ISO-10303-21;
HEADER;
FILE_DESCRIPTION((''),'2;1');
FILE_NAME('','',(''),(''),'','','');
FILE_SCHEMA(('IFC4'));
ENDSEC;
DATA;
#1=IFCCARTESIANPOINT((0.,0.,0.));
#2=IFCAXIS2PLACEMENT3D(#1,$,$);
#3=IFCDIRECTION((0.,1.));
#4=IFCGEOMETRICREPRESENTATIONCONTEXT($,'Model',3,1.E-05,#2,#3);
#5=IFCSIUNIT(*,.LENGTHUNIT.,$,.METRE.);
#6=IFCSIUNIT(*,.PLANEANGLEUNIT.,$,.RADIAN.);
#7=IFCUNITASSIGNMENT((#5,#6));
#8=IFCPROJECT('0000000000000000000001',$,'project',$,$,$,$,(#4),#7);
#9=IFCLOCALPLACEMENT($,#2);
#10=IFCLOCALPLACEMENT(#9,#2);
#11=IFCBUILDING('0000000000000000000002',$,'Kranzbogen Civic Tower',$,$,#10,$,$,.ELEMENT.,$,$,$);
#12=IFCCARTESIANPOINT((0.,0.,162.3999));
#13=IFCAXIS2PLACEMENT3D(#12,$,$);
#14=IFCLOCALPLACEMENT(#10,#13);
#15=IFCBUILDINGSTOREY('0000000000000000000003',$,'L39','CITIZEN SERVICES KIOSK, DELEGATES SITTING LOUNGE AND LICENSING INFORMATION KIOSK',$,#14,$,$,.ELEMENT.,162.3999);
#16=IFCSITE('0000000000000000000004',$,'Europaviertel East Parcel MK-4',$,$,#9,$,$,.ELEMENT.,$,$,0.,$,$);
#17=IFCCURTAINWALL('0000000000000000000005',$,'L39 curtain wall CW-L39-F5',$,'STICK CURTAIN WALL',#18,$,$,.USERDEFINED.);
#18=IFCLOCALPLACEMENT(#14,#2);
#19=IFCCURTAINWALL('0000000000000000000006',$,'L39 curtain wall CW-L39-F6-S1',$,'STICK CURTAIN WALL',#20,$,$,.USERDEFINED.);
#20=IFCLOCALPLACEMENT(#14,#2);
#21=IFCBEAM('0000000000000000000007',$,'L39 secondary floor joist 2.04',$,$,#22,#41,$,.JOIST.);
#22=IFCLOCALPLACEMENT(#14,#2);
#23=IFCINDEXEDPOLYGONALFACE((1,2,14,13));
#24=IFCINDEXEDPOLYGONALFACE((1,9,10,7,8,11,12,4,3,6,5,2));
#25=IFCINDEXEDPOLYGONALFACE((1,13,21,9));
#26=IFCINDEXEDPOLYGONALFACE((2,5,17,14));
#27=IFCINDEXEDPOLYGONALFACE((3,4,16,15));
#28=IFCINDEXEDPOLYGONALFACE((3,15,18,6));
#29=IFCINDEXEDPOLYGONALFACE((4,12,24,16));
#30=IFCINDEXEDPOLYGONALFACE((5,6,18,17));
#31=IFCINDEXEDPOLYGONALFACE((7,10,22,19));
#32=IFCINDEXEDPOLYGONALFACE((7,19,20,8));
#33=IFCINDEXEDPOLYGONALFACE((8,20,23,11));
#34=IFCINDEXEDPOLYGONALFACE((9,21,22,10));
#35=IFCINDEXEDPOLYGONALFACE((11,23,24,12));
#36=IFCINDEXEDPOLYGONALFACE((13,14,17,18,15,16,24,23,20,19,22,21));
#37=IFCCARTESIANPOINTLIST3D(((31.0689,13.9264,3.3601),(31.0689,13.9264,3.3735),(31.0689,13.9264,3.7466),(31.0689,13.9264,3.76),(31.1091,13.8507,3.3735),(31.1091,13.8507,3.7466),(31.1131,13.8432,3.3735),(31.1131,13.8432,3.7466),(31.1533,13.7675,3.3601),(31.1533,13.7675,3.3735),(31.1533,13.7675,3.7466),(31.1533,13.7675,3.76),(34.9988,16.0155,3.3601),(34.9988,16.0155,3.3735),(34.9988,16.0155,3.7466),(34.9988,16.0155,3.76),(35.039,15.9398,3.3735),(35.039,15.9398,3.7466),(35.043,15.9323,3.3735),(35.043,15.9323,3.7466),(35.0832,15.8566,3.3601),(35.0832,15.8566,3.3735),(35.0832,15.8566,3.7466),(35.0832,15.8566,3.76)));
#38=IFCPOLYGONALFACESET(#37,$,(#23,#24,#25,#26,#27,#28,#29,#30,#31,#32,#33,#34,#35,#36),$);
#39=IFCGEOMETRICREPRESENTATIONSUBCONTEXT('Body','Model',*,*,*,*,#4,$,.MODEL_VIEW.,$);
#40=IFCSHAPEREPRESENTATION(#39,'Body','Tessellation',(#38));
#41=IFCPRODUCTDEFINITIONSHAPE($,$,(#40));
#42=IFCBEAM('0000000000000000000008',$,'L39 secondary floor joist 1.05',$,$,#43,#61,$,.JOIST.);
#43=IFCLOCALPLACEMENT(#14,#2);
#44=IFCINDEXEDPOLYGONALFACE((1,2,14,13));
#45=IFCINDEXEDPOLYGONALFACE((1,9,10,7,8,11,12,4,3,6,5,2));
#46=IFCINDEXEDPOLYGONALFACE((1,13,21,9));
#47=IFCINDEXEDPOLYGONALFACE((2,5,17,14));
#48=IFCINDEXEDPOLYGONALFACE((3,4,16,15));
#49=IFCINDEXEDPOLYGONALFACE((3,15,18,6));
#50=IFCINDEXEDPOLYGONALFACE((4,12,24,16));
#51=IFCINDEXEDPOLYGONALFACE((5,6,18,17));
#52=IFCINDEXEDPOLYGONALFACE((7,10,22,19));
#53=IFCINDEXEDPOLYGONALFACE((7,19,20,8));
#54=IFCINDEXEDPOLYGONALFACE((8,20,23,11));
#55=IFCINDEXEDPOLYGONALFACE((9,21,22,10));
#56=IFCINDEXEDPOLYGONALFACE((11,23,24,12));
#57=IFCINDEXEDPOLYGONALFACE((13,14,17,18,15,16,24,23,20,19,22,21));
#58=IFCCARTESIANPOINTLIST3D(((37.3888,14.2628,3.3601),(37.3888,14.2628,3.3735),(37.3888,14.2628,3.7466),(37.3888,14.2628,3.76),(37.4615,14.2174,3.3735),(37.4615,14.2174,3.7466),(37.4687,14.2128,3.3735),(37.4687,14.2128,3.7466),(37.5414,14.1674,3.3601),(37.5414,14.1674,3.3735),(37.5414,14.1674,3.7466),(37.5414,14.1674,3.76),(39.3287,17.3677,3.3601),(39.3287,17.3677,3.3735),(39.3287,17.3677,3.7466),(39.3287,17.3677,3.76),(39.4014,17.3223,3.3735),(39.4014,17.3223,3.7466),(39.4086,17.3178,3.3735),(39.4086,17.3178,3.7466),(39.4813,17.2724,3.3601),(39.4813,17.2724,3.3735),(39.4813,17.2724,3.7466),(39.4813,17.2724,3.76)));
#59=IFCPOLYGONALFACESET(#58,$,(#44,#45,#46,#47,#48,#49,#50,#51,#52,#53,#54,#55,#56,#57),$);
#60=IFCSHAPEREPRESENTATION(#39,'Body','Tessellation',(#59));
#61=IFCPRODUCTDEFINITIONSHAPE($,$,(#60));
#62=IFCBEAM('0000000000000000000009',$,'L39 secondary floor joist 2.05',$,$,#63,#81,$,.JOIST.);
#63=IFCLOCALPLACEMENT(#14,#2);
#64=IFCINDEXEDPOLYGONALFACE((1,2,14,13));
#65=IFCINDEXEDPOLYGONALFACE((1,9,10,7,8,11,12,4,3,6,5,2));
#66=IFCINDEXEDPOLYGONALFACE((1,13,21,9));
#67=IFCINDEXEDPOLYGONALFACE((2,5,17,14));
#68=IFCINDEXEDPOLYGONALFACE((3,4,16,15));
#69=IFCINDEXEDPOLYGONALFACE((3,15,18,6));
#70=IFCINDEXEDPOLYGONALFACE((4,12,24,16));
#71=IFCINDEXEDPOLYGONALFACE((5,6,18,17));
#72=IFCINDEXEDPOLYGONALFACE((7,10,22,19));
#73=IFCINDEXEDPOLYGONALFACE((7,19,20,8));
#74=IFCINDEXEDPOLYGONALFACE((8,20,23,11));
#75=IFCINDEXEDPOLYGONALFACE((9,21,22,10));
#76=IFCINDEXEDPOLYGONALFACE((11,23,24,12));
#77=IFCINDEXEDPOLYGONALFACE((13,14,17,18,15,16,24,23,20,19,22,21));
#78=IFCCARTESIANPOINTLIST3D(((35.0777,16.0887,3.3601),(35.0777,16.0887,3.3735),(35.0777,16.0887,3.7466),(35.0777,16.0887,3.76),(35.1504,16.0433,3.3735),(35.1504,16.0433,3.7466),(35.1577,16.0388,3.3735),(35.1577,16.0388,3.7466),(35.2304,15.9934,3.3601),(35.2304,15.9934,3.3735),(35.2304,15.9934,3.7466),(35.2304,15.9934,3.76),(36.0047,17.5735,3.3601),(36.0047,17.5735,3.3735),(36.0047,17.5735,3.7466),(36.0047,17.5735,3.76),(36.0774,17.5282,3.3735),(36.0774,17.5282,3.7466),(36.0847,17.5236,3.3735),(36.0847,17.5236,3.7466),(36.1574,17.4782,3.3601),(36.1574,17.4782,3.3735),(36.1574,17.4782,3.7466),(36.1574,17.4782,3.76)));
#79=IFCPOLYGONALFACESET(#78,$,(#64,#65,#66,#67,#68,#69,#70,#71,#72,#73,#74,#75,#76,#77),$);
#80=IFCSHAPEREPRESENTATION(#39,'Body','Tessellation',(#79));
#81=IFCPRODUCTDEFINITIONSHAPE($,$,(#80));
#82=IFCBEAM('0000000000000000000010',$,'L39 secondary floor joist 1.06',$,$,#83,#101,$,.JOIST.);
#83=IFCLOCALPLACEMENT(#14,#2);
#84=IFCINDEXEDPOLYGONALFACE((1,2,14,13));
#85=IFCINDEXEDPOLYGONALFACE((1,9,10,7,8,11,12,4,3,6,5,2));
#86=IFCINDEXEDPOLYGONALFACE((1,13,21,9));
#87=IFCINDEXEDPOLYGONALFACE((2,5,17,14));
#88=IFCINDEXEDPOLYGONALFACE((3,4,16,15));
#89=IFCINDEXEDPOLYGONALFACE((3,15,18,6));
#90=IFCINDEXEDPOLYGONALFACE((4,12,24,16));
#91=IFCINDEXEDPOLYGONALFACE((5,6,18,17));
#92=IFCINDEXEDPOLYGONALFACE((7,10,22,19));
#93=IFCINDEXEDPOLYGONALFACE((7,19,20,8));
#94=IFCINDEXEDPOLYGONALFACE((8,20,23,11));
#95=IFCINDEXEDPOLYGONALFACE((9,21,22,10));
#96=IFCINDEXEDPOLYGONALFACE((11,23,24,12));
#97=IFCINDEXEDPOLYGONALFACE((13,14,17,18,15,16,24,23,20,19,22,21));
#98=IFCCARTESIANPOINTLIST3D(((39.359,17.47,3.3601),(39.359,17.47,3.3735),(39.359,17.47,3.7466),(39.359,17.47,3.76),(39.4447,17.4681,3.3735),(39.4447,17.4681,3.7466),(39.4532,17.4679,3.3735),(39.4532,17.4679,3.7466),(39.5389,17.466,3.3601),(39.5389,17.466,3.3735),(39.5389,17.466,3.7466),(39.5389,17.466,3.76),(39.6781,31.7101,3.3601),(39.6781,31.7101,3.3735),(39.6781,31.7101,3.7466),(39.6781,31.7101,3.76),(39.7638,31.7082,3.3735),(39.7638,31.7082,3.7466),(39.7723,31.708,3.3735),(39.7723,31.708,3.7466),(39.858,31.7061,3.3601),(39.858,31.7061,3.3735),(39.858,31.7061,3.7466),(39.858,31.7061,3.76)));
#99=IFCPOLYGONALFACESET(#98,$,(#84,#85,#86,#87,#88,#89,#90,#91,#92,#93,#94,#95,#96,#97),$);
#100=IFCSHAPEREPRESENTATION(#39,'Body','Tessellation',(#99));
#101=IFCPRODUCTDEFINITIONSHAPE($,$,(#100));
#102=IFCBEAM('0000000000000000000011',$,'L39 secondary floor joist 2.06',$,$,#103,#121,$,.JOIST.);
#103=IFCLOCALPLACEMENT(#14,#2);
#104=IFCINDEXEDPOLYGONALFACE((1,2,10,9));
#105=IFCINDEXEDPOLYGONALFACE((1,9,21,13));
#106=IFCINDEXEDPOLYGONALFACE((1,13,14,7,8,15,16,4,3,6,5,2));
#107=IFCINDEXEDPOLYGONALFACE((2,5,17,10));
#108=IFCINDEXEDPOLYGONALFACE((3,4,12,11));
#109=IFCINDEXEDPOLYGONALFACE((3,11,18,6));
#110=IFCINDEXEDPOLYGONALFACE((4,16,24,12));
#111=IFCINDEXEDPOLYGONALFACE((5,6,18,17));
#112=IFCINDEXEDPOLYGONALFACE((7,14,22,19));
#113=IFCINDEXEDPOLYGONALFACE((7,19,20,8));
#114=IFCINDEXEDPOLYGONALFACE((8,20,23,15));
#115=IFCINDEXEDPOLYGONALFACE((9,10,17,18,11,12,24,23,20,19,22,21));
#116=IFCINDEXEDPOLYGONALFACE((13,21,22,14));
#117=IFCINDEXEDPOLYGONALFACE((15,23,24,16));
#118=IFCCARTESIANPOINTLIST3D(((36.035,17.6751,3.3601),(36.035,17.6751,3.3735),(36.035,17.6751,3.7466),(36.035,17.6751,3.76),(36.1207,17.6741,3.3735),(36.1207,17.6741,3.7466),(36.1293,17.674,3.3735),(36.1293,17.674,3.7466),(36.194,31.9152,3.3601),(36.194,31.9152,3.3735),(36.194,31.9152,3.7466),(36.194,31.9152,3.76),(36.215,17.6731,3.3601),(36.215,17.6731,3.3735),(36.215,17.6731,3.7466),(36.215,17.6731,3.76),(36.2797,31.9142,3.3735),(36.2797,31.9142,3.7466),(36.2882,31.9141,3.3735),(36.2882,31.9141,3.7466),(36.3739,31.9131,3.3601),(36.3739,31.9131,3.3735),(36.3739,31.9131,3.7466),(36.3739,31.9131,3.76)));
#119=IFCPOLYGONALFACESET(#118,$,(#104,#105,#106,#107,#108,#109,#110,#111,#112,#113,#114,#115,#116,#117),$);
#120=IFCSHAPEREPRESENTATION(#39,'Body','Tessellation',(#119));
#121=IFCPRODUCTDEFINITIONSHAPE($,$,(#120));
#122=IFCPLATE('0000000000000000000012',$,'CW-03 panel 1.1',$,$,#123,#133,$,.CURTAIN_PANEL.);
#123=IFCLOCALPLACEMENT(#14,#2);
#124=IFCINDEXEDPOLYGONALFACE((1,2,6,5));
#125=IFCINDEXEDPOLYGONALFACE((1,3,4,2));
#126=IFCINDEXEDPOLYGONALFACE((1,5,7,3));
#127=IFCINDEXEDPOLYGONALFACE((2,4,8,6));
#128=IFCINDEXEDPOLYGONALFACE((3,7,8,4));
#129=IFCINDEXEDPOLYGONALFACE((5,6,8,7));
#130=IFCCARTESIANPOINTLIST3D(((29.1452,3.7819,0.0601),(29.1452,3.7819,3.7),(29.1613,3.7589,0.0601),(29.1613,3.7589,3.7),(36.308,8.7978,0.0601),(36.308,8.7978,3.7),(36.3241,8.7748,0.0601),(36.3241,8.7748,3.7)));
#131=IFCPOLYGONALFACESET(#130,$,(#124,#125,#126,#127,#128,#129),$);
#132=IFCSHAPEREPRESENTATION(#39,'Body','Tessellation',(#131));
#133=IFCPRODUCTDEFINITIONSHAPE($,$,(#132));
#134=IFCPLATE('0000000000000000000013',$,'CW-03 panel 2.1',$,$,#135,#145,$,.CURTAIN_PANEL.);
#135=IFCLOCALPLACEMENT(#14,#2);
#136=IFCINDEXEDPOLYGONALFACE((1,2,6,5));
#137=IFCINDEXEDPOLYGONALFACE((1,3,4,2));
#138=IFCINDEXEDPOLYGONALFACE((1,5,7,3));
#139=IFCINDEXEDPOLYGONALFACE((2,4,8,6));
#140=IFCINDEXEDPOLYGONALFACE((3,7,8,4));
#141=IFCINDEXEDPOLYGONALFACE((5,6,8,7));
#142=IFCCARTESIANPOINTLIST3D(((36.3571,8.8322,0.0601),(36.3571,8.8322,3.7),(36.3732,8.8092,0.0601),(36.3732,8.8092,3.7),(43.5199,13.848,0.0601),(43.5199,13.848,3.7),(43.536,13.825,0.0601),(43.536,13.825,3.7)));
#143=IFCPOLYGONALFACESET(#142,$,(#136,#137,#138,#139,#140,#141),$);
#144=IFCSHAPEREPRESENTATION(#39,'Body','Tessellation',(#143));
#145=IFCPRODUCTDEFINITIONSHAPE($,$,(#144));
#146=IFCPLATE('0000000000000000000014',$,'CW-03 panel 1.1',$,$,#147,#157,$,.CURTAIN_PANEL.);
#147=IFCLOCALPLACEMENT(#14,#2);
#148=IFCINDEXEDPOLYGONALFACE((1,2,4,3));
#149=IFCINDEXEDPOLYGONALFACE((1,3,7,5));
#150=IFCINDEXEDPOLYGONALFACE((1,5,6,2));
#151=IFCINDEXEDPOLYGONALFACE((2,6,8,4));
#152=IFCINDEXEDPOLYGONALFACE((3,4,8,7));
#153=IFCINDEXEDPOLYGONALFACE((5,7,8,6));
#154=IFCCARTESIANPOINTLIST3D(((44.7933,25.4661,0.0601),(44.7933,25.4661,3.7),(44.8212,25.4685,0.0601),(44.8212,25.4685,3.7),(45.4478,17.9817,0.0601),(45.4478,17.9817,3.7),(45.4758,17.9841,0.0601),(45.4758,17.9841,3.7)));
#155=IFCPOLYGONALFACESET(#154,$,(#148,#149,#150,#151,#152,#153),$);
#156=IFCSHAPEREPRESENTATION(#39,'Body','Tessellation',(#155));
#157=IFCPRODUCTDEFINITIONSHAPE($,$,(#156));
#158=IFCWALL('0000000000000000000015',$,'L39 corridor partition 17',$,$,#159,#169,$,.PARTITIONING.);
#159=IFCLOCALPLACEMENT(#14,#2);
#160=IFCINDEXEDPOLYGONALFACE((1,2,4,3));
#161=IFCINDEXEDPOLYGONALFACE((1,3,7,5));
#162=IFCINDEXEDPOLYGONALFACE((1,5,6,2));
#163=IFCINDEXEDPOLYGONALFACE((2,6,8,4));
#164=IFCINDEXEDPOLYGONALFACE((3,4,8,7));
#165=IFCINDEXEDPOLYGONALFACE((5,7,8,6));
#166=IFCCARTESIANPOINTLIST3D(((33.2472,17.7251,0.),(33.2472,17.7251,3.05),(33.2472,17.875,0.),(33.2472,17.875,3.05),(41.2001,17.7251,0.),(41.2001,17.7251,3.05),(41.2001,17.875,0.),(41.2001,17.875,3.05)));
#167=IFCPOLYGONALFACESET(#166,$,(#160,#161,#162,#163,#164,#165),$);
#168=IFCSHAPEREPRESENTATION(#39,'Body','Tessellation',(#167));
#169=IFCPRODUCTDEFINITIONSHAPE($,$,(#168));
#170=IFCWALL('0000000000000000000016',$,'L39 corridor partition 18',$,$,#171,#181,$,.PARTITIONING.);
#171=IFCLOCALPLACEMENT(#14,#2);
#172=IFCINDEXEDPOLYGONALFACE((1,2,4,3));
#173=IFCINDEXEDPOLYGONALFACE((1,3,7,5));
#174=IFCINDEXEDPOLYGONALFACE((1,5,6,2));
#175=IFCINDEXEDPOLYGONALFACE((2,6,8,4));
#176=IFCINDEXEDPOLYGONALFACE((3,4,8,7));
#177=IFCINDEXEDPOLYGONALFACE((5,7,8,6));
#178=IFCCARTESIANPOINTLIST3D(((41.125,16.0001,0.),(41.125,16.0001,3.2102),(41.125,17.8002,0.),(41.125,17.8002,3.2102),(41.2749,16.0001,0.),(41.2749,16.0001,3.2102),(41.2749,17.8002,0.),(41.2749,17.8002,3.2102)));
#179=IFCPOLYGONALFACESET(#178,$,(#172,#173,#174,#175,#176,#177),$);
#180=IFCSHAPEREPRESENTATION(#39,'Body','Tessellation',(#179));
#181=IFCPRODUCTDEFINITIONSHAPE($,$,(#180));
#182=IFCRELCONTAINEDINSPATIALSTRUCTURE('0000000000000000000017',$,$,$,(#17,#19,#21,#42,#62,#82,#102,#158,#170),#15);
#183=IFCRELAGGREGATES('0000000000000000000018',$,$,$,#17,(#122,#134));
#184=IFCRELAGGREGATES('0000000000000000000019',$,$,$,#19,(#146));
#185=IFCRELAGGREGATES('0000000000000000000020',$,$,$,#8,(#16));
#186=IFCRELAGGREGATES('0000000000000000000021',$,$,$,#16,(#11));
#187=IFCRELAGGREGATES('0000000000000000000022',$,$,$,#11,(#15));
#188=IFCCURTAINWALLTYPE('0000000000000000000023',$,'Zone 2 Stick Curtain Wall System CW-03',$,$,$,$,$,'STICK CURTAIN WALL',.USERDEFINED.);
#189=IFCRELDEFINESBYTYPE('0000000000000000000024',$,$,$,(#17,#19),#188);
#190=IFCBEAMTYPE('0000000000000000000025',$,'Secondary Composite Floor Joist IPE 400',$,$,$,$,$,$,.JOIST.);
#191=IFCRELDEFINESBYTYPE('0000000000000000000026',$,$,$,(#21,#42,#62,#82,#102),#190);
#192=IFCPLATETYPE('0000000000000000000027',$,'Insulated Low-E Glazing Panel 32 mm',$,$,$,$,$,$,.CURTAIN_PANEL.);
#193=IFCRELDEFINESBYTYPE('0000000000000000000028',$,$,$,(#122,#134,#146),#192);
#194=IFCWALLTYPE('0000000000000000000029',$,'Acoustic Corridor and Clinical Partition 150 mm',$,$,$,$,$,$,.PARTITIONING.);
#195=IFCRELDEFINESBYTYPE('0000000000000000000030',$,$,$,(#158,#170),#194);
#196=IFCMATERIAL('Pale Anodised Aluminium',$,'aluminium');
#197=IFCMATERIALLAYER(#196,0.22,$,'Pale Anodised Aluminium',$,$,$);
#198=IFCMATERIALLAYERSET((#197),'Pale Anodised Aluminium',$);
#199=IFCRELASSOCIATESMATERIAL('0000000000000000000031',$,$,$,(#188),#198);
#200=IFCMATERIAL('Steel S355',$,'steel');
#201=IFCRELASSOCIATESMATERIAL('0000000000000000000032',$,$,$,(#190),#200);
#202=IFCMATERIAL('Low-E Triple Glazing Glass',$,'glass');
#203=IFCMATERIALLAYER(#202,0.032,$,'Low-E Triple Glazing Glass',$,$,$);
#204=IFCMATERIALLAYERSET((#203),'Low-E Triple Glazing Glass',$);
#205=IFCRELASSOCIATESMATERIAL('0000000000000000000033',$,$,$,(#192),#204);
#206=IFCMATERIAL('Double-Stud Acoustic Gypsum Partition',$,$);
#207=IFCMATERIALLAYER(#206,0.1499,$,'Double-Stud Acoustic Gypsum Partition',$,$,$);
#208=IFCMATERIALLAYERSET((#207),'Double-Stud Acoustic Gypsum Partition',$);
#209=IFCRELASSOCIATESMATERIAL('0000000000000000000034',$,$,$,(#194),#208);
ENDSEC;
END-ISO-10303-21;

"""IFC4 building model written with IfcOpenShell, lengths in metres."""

from ifc_helpers import new_model, si_unit, direction, frame, frame_2d, origin, origin_2d, place, context, subcontext, project, spatial, rectangle, i_section, extrude, material, layer, layer_set, material_profile, profile_set, type_object, element, aggregate, save


model = new_model("IFC4")

# Units and contexts
model_context = context("Model", 3, precision=1e-05, world=origin(), true_north=direction((0.0, 1.0)))
body_context = subcontext(model_context, "Body", "Model", "MODEL_VIEW")
ifc_project = project(units=[si_unit("LENGTHUNIT", "METRE"), si_unit("PLANEANGLEUNIT", "RADIAN")], contexts=[model_context])

# Site, building, storey
site_placement = place(None, origin())
site = spatial("IfcSite", under=ifc_project, at=site_placement, Name="Europaviertel East Parcel MK-4", CompositionType="ELEMENT", RefElevation=0.0)
building_placement = place(site_placement, origin())
building = spatial("IfcBuilding", under=site, at=building_placement, Name="Kranzbogen Civic Tower", CompositionType="ELEMENT")
storey_placement = place(building_placement, frame((0.0, 0.0, 162.3999)))
storey = spatial("IfcBuildingStorey", under=building, at=storey_placement, Name="L39", Description="CITIZEN SERVICES KIOSK, DELEGATES SITTING LOUNGE AND LICENSING INFORMATION KIOSK", CompositionType="ELEMENT", Elevation=162.3999)

# Shared definitions
ifc_material_1 = material(Name="Steel S355", Category="steel")

# Curtain wall
ifc_material_2 = material(Name="Pale Anodised Aluminium", Category="aluminium")
ifc_layer_1 = layer(ifc_material_2, 0.22, Name="Pale Anodised Aluminium")
ifc_layer_set_1 = layer_set([ifc_layer_1], Name="Pale Anodised Aluminium")
curtain_wall_type = type_object("IfcCurtainWallType", Name="Zone 2 Stick Curtain Wall System CW-03", ElementType="STICK CURTAIN WALL", PredefinedType="USERDEFINED", material=ifc_layer_set_1)
curtain_wall_1_placement = place(storey_placement, origin())
curtain_wall_1 = element("IfcCurtainWall", 1, at=curtain_wall_1_placement, inside=storey, type_object=curtain_wall_type, Name="L39 curtain wall CW-L39-F5", ObjectType="STICK CURTAIN WALL", PredefinedType="USERDEFINED")

# Curtain wall
curtain_wall_2_placement = place(storey_placement, origin())
curtain_wall_2 = element("IfcCurtainWall", 2, at=curtain_wall_2_placement, inside=storey, type_object=curtain_wall_type, Name="L39 curtain wall CW-L39-F6-S1", ObjectType="STICK CURTAIN WALL", PredefinedType="USERDEFINED")

# Beams
ifc_material_profile_1 = material_profile(ifc_material_1, i_section(OverallWidth=0.1799, OverallDepth=0.3999, WebThickness=0.0085, FlangeThickness=0.0134, at=origin_2d()), Name="IPE 400")
ifc_profile_set_1 = profile_set([ifc_material_profile_1], Name="Steel S355")
beam_type_1 = type_object("IfcBeamType", Name="Secondary Composite Floor Joist IPE 400", PredefinedType="JOIST", material=ifc_profile_set_1)
beam_1_placement = place(storey_placement, frame((31.1111, 13.8469, 3.5601), z_axis=(0.882991, 0.469389, 0.0), x_axis=(-0.469389, 0.882991, 0.0)))
element("IfcBeam", 3, at=beam_1_placement, inside=storey, type_object=beam_type_1, Name="L39 secondary floor joist 2.04", PredefinedType="JOIST", context=body_context, shape_type="SweptSolid", body=[
    extrude(i_section(OverallWidth=0.1799, OverallDepth=0.3999, WebThickness=0.0085, FlangeThickness=0.0134, at=origin_2d()), origin(), (0.0, 0.0, 1.0), 4.4507),
])
beam_2_placement = place(storey_placement, frame((37.4651, 14.2151, 3.5601), z_axis=(0.529867, 0.848081, 0.0), x_axis=(-0.848081, 0.529867, 0.0)))
element("IfcBeam", 4, at=beam_2_placement, inside=storey, type_object=beam_type_1, Name="L39 secondary floor joist 1.05", PredefinedType="JOIST", context=body_context, shape_type="SweptSolid", body=[
    extrude(i_section(OverallWidth=0.1799, OverallDepth=0.3999, WebThickness=0.0085, FlangeThickness=0.0134, at=origin_2d()), origin(), (0.0, 0.0, 1.0), 3.6611),
])
beam_3_placement = place(storey_placement, frame((35.1541, 16.041, 3.5601), z_axis=(0.529573, 0.848265, 0.0), x_axis=(-0.848265, 0.529573, 0.0)))
element("IfcBeam", 5, at=beam_3_placement, inside=storey, type_object=beam_type_1, Name="L39 secondary floor joist 2.05", PredefinedType="JOIST", context=body_context, shape_type="SweptSolid", body=[
    extrude(i_section(OverallWidth=0.1799, OverallDepth=0.3999, WebThickness=0.0085, FlangeThickness=0.0134, at=origin_2d()), origin(), (0.0, 0.0, 1.0), 1.7505),
])
beam_4_placement = place(storey_placement, frame((39.449, 17.468, 3.5601), z_axis=(0.022403, 0.999749, 0.0), x_axis=(-0.999749, 0.022403, 0.0)))
element("IfcBeam", 6, at=beam_4_placement, inside=storey, type_object=beam_type_1, Name="L39 secondary floor joist 1.06", PredefinedType="JOIST", context=body_context, shape_type="SweptSolid", body=[
    extrude(i_section(OverallWidth=0.1799, OverallDepth=0.3999, WebThickness=0.0085, FlangeThickness=0.0134, at=origin_2d()), origin(), (0.0, 0.0, 1.0), 14.2437),
])
beam_5_placement = place(storey_placement, frame((36.125, 17.6741, 3.5601), z_axis=(0.011161, 0.999938, 0.0), x_axis=(-0.999938, 0.011161, 0.0)))
element("IfcBeam", 7, at=beam_5_placement, inside=storey, type_object=beam_type_1, Name="L39 secondary floor joist 2.06", PredefinedType="JOIST", context=body_context, shape_type="SweptSolid", body=[
    extrude(i_section(OverallWidth=0.1799, OverallDepth=0.3999, WebThickness=0.0085, FlangeThickness=0.0134, at=origin_2d()), origin(), (0.0, 0.0, 1.0), 14.241),
])

# Plates
ifc_material_3 = material(Name="Low-E Triple Glazing Glass", Category="glass")
ifc_layer_2 = layer(ifc_material_3, 0.032, Name="Low-E Triple Glazing Glass")
ifc_layer_set_2 = layer_set([ifc_layer_2], Name="Low-E Triple Glazing Glass")
plate_type = type_object("IfcPlateType", Name="Insulated Low-E Glazing Panel 32 mm", PredefinedType="CURTAIN_PANEL", material=ifc_layer_set_2)
plate_1_placement = place(storey_placement, frame((32.7346, 6.2783, 0.0601), z_axis=(0.0, 0.0, 1.0), x_axis=(0.819128, 0.57361, 0.0)))
plate_1 = element("IfcPlate", 8, at=plate_1_placement, type_object=plate_type, Name="CW-03 panel 1.1", PredefinedType="CURTAIN_PANEL", context=body_context, shape_type="SweptSolid", body=[
    extrude(rectangle(XDim=8.7444, YDim=0.0281, at=origin_2d()), origin(), (0.0, 0.0, 1.0), 3.6399),
])
plate_2_placement = place(storey_placement, frame((39.9465, 11.3286, 0.0601), z_axis=(0.0, 0.0, 1.0), x_axis=(0.819128, 0.57361, 0.0)))
plate_2 = element("IfcPlate", 9, at=plate_2_placement, type_object=plate_type, Name="CW-03 panel 2.1", PredefinedType="CURTAIN_PANEL", context=body_context, shape_type="SweptSolid", body=[
    extrude(rectangle(XDim=8.7444, YDim=0.0281, at=origin_2d()), origin(), (0.0, 0.0, 1.0), 3.6399),
])
aggregate(curtain_wall_1, [plate_1, plate_2])
plate_3_placement = place(storey_placement, frame((45.1345, 21.7251, 0.0601), z_axis=(0.0, 0.0, 1.0), x_axis=(-0.087121, 0.996198, 0.0)))
plate_3 = element("IfcPlate", 10, at=plate_3_placement, type_object=plate_type, Name="CW-03 panel 1.1", PredefinedType="CURTAIN_PANEL", context=body_context, shape_type="SweptSolid", body=[
    extrude(rectangle(XDim=7.5129, YDim=0.0281, at=origin_2d()), origin(), (0.0, 0.0, 1.0), 3.6399),
])
aggregate(curtain_wall_2, [plate_3])

# Walls
ifc_material_4 = material(Name="Double-Stud Acoustic Gypsum Partition")
ifc_layer_3 = layer(ifc_material_4, 0.1499, Name="Double-Stud Acoustic Gypsum Partition")
ifc_layer_set_3 = layer_set([ifc_layer_3], Name="Double-Stud Acoustic Gypsum Partition")
wall_type_1 = type_object("IfcWallType", Name="Acoustic Corridor and Clinical Partition 150 mm", PredefinedType="PARTITIONING", material=ifc_layer_set_3)
wall_1_placement = place(storey_placement, frame((33.2471, 17.8, 0.0), z_axis=(0.0, 0.0, 1.0), x_axis=(1.0, 0.0, 0.0)))
element("IfcWall", 11, at=wall_1_placement, inside=storey, type_object=wall_type_1, Name="L39 corridor partition 17", PredefinedType="PARTITIONING", context=body_context, shape_type="SweptSolid", body=[
    extrude(rectangle(XDim=7.9529, YDim=0.1499, at=frame_2d((3.9766, 0.0))), origin(), (0.0, 0.0, 1.0), 3.05),
])
wall_2_placement = place(storey_placement, frame((41.2, 17.8, 0.0), z_axis=(0.0, 0.0, 1.0), x_axis=(0.0, -1.0, 0.0)))
element("IfcWall", 12, at=wall_2_placement, inside=storey, type_object=wall_type_1, Name="L39 corridor partition 18", PredefinedType="PARTITIONING", context=body_context, shape_type="SweptSolid", body=[
    extrude(rectangle(XDim=1.8, YDim=0.1499, at=frame_2d((0.8999, 0.0))), origin(), (0.0, 0.0, 1.0), 3.2102),
])

save(model, "model.ifc")
